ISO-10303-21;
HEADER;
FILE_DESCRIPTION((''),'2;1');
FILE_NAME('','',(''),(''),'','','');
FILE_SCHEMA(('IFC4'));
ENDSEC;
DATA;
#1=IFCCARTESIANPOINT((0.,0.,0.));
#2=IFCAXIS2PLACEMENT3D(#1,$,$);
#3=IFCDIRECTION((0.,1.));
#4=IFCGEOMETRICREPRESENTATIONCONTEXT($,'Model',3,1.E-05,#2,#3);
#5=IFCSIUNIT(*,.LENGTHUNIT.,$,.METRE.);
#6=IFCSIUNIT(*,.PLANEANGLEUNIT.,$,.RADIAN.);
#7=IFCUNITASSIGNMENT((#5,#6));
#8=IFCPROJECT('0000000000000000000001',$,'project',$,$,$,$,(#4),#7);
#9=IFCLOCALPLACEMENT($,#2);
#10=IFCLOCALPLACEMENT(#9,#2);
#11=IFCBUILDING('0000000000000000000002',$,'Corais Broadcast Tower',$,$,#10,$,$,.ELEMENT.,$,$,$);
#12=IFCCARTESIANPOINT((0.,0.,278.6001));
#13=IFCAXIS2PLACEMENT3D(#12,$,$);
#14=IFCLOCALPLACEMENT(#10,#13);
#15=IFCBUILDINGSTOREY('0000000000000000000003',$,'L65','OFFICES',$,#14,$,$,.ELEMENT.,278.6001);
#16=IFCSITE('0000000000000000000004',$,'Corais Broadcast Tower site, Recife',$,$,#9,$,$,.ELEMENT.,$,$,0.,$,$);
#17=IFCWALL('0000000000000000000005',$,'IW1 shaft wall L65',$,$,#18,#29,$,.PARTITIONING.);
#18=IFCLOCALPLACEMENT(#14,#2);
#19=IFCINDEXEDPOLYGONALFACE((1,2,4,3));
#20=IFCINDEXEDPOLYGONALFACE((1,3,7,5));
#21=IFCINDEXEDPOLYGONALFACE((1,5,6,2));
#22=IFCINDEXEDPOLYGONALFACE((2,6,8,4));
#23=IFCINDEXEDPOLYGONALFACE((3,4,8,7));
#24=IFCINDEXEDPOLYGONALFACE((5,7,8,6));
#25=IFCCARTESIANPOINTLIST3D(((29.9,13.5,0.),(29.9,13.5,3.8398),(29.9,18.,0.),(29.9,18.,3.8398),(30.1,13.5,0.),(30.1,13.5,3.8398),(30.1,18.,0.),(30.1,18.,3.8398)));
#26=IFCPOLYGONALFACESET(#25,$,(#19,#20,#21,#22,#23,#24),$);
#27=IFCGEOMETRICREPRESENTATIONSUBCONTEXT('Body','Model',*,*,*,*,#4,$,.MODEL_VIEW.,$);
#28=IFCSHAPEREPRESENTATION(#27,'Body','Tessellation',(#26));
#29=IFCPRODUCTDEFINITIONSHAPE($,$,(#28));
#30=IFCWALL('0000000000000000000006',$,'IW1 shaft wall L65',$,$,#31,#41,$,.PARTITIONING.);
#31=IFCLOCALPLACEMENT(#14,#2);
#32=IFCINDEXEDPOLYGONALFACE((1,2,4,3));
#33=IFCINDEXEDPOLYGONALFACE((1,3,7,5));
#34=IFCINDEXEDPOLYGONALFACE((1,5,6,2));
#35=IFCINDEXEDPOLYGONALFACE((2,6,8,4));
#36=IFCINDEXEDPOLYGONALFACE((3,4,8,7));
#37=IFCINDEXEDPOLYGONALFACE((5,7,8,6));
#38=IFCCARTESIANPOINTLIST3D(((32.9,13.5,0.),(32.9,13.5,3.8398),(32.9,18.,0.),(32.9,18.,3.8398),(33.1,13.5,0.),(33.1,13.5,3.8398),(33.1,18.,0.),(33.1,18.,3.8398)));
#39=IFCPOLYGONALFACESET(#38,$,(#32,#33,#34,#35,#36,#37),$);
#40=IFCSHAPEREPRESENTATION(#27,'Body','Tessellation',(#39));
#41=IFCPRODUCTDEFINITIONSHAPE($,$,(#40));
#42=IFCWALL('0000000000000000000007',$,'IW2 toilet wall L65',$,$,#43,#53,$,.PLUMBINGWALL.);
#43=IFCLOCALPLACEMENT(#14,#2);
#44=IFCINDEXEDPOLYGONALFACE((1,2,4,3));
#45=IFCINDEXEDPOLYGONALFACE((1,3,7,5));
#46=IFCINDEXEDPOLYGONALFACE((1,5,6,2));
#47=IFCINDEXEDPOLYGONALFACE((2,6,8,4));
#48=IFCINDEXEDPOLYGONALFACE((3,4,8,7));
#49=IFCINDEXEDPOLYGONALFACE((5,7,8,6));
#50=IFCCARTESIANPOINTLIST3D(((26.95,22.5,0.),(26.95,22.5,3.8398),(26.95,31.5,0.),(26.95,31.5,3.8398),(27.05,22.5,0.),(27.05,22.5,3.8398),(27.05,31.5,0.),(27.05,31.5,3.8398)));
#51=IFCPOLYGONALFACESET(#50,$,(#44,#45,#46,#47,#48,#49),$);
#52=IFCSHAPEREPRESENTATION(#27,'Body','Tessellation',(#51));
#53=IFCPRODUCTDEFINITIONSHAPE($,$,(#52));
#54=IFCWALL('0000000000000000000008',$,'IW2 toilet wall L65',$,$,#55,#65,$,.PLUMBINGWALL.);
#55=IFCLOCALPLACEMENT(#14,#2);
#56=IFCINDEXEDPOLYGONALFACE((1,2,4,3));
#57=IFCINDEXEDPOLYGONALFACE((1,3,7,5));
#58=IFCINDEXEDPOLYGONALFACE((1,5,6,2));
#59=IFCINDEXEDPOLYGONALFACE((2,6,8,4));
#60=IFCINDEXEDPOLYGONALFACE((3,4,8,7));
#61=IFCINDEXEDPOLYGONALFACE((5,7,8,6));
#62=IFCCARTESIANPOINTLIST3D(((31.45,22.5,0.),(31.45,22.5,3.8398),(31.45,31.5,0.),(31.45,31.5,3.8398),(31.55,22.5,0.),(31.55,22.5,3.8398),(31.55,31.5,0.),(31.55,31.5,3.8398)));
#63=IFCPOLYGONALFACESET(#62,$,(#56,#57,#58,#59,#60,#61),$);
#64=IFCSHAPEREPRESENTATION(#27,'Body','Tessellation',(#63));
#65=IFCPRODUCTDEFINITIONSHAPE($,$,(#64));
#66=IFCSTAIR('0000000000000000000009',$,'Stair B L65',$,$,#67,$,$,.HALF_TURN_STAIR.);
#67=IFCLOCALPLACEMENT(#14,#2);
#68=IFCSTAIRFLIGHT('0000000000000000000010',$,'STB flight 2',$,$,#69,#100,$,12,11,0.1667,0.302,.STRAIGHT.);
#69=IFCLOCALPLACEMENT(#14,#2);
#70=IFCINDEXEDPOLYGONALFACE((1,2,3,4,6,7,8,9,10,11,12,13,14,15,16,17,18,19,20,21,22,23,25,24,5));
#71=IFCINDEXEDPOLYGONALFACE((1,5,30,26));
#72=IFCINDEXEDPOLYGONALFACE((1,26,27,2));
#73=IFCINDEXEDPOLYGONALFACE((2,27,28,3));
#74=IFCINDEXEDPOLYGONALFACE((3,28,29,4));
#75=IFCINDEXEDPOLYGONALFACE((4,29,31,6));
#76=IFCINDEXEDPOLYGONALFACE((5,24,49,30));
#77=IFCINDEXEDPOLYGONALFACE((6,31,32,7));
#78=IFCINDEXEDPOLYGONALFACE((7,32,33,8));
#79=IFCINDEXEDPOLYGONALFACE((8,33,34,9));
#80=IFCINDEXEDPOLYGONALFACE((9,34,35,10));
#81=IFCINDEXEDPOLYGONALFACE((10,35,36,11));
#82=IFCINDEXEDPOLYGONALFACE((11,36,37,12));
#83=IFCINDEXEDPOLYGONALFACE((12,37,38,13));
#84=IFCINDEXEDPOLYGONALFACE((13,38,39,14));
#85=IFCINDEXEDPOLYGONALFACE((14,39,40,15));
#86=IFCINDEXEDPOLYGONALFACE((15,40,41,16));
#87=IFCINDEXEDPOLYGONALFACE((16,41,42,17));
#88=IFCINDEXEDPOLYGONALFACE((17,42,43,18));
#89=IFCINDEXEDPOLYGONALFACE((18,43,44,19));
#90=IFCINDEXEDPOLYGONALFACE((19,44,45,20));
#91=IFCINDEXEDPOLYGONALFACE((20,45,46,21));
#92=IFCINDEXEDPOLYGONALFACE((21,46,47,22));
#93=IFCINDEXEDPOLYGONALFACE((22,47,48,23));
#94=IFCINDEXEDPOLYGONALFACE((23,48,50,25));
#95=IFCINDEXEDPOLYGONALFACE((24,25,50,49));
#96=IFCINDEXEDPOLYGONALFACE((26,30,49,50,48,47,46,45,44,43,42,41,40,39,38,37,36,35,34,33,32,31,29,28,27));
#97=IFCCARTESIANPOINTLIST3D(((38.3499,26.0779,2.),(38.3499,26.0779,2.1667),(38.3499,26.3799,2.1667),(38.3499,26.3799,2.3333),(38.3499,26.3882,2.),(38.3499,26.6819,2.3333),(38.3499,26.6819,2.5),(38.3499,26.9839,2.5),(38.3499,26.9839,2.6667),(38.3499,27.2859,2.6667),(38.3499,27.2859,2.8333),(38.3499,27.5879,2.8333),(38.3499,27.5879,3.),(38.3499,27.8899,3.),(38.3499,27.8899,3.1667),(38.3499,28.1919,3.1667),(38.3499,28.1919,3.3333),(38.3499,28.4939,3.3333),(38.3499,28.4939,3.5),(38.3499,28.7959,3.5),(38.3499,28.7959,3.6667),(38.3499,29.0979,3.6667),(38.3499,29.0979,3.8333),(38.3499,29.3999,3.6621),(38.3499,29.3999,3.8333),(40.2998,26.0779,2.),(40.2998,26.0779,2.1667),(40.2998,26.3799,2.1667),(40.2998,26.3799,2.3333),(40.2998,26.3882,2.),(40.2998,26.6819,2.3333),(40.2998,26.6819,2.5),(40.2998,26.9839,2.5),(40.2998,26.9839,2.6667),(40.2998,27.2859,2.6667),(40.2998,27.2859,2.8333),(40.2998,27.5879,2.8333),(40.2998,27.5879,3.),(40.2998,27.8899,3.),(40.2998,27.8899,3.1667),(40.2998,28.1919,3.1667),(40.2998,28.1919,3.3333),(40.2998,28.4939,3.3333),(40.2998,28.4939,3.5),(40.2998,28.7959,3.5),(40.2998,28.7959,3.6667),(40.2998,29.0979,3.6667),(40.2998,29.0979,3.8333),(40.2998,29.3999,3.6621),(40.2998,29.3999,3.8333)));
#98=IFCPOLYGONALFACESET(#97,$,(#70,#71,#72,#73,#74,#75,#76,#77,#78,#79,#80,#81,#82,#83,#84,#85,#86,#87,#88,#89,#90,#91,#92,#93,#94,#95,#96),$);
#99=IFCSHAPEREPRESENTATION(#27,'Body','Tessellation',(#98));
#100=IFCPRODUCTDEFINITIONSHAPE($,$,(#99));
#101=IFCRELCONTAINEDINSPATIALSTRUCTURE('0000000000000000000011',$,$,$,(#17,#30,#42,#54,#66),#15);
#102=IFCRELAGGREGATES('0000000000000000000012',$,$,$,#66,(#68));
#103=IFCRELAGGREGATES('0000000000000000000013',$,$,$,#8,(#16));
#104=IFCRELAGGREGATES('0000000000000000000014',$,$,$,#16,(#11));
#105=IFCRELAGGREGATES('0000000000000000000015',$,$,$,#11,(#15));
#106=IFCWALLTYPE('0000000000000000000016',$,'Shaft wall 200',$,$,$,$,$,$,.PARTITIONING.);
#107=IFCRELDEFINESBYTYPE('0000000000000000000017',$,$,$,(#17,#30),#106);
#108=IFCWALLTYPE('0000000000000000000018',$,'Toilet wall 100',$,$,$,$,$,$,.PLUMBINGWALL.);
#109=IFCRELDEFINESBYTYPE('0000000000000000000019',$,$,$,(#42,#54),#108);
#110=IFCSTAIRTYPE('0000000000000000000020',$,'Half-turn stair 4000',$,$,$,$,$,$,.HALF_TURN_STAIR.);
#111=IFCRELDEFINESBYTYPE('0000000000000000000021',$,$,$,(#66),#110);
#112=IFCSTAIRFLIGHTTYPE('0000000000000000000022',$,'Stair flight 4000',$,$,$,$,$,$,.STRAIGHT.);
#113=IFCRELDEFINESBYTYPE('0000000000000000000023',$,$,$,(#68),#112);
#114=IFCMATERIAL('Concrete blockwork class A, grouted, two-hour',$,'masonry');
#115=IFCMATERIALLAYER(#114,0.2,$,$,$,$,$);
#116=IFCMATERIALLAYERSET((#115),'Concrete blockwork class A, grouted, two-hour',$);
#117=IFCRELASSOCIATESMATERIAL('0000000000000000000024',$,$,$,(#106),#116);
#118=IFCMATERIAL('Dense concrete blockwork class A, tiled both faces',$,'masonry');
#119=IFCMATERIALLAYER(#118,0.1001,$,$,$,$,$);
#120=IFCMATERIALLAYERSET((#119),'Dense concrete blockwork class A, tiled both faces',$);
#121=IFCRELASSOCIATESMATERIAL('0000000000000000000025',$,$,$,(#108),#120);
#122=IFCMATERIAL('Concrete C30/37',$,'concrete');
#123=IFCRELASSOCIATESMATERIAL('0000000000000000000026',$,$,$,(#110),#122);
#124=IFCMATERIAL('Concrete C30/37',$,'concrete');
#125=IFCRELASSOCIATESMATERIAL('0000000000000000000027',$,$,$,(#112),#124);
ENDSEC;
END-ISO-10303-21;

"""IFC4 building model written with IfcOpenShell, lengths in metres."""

from ifc_helpers import new_model, si_unit, direction, frame, frame_2d, origin, place, context, subcontext, project, spatial, polyline, rectangle, outline, extrude, material, layer, layer_set, type_object, element, aggregate, save


model = new_model("IFC4")

# Units and contexts
model_context = context("Model", 3, precision=1e-05, world=origin(), true_north=direction((0.0, 1.0)))
body_context = subcontext(model_context, "Body", "Model", "MODEL_VIEW")
ifc_project = project(units=[si_unit("LENGTHUNIT", "METRE"), si_unit("PLANEANGLEUNIT", "RADIAN")], contexts=[model_context])

# Site, building, storey
site_placement = place(None, origin())
site = spatial("IfcSite", under=ifc_project, at=site_placement, Name="Corais Broadcast Tower site, Recife", CompositionType="ELEMENT", RefElevation=0.0)
building_placement = place(site_placement, origin())
building = spatial("IfcBuilding", under=site, at=building_placement, Name="Corais Broadcast Tower", CompositionType="ELEMENT")
storey_placement = place(building_placement, frame((0.0, 0.0, 278.6001)))
storey = spatial("IfcBuildingStorey", under=building, at=storey_placement, Name="L65", Description="OFFICES", CompositionType="ELEMENT", Elevation=278.6001)

# Walls
ifc_material_1 = material(Name="Concrete blockwork class A, grouted, two-hour", Category="masonry")
ifc_layer_1 = layer(ifc_material_1, 0.2)
ifc_layer_set_1 = layer_set([ifc_layer_1], Name="Concrete blockwork class A, grouted, two-hour")
wall_type_1 = type_object("IfcWallType", Name="Shaft wall 200", PredefinedType="PARTITIONING", material=ifc_layer_set_1)
for number, where, z_axis, x_axis, name in (
    (1, (30.0, 13.5, 0.0), (0.0, 0.0, 1.0), (0.0, 1.0, 0.0), "IW1 shaft wall L65"),
    (2, (33.0, 13.5, 0.0), (0.0, 0.0, 1.0), (0.0, 1.0, 0.0), "IW1 shaft wall L65"),
):
    element("IfcWall", number, at=place(storey_placement, frame(where, z_axis=z_axis, x_axis=x_axis)), inside=storey, type_object=wall_type_1, Name=name, PredefinedType="PARTITIONING", context=body_context, shape_type="SweptSolid", body=[
        extrude(rectangle(XDim=4.5, YDim=0.2, at=frame_2d((2.25, 0.0))), origin(), (0.0, 0.0, 1.0), 3.8398),
    ])
ifc_material_2 = material(Name="Dense concrete blockwork class A, tiled both faces", Category="masonry")
ifc_layer_2 = layer(ifc_material_2, 0.1001)
ifc_layer_set_2 = layer_set([ifc_layer_2], Name="Dense concrete blockwork class A, tiled both faces")
wall_type_2 = type_object("IfcWallType", Name="Toilet wall 100", PredefinedType="PLUMBINGWALL", material=ifc_layer_set_2)
for number, where, z_axis, x_axis, name in (
    (3, (27.0, 22.5, 0.0), (0.0, 0.0, 1.0), (0.0, 1.0, 0.0), "IW2 toilet wall L65"),
    (4, (31.5, 22.5, 0.0), (0.0, 0.0, 1.0), (0.0, 1.0, 0.0), "IW2 toilet wall L65"),
):
    element("IfcWall", number, at=place(storey_placement, frame(where, z_axis=z_axis, x_axis=x_axis)), inside=storey, type_object=wall_type_2, Name=name, PredefinedType="PLUMBINGWALL", context=body_context, shape_type="SweptSolid", body=[
        extrude(rectangle(XDim=9.0, YDim=0.1001, at=frame_2d((4.5, 0.0))), origin(), (0.0, 0.0, 1.0), 3.8398),
    ])

# Stair, stair flight
ifc_material_3 = material(Name="Concrete C30/37", Category="concrete")
stair_type = type_object("IfcStairType", Name="Half-turn stair 4000", PredefinedType="HALF_TURN_STAIR", material=ifc_material_3)
stair_placement = place(storey_placement, origin())
stair = element("IfcStair", 5, at=stair_placement, inside=storey, type_object=stair_type, Name="Stair B L65", PredefinedType="HALF_TURN_STAIR")
ifc_material_4 = material(Name="Concrete C30/37", Category="concrete")
stair_flight_type = type_object("IfcStairFlightType", Name="Stair flight 4000", PredefinedType="STRAIGHT", material=ifc_material_4)
stair_flight_placement = place(storey_placement, frame((39.325, 26.0779, 2.0), z_axis=(0.0, 0.0, 1.0), x_axis=(0.0, 1.0, 0.0)))
stair_flight = element("IfcStairFlight", 6, at=stair_flight_placement, type_object=stair_flight_type, Name="STB flight 2", NumberOfRisers=12, NumberOfTreads=11, PredefinedType="STRAIGHT", RiserHeight=0.1667, TreadLength=0.302, context=body_context, shape_type="SweptSolid", body=[
    extrude(outline(polyline([(0.0, 0.0), (0.0, 0.1667), (0.302, 0.1667), (0.302, 0.3333), (0.604, 0.3333), (0.604, 0.5), (0.906, 0.5), (0.906, 0.6667), (1.208, 0.6667), (1.208, 0.8333), (1.51, 0.8333), (1.51, 1.0), (1.812, 1.0), (1.812, 1.1667), (2.114, 1.1667), (2.114, 1.3333), (2.416, 1.3333), (2.416, 1.5), (2.718, 1.5), (2.718, 1.6667), (3.02, 1.6667), (3.02, 1.8333), (3.322, 1.8333), (3.322, 2.0), (3.322, 1.6621), (0.3103, 0.0), (0.0, 0.0)])), frame((0.0, 0.9751, 0.0), z_axis=(0.0, -1.0, 0.0), x_axis=(1.0, 0.0, 0.0)), (0.0, 0.0, 1.0), 1.95),
])
aggregate(stair, [stair_flight])

save(model, "model.ifc")
